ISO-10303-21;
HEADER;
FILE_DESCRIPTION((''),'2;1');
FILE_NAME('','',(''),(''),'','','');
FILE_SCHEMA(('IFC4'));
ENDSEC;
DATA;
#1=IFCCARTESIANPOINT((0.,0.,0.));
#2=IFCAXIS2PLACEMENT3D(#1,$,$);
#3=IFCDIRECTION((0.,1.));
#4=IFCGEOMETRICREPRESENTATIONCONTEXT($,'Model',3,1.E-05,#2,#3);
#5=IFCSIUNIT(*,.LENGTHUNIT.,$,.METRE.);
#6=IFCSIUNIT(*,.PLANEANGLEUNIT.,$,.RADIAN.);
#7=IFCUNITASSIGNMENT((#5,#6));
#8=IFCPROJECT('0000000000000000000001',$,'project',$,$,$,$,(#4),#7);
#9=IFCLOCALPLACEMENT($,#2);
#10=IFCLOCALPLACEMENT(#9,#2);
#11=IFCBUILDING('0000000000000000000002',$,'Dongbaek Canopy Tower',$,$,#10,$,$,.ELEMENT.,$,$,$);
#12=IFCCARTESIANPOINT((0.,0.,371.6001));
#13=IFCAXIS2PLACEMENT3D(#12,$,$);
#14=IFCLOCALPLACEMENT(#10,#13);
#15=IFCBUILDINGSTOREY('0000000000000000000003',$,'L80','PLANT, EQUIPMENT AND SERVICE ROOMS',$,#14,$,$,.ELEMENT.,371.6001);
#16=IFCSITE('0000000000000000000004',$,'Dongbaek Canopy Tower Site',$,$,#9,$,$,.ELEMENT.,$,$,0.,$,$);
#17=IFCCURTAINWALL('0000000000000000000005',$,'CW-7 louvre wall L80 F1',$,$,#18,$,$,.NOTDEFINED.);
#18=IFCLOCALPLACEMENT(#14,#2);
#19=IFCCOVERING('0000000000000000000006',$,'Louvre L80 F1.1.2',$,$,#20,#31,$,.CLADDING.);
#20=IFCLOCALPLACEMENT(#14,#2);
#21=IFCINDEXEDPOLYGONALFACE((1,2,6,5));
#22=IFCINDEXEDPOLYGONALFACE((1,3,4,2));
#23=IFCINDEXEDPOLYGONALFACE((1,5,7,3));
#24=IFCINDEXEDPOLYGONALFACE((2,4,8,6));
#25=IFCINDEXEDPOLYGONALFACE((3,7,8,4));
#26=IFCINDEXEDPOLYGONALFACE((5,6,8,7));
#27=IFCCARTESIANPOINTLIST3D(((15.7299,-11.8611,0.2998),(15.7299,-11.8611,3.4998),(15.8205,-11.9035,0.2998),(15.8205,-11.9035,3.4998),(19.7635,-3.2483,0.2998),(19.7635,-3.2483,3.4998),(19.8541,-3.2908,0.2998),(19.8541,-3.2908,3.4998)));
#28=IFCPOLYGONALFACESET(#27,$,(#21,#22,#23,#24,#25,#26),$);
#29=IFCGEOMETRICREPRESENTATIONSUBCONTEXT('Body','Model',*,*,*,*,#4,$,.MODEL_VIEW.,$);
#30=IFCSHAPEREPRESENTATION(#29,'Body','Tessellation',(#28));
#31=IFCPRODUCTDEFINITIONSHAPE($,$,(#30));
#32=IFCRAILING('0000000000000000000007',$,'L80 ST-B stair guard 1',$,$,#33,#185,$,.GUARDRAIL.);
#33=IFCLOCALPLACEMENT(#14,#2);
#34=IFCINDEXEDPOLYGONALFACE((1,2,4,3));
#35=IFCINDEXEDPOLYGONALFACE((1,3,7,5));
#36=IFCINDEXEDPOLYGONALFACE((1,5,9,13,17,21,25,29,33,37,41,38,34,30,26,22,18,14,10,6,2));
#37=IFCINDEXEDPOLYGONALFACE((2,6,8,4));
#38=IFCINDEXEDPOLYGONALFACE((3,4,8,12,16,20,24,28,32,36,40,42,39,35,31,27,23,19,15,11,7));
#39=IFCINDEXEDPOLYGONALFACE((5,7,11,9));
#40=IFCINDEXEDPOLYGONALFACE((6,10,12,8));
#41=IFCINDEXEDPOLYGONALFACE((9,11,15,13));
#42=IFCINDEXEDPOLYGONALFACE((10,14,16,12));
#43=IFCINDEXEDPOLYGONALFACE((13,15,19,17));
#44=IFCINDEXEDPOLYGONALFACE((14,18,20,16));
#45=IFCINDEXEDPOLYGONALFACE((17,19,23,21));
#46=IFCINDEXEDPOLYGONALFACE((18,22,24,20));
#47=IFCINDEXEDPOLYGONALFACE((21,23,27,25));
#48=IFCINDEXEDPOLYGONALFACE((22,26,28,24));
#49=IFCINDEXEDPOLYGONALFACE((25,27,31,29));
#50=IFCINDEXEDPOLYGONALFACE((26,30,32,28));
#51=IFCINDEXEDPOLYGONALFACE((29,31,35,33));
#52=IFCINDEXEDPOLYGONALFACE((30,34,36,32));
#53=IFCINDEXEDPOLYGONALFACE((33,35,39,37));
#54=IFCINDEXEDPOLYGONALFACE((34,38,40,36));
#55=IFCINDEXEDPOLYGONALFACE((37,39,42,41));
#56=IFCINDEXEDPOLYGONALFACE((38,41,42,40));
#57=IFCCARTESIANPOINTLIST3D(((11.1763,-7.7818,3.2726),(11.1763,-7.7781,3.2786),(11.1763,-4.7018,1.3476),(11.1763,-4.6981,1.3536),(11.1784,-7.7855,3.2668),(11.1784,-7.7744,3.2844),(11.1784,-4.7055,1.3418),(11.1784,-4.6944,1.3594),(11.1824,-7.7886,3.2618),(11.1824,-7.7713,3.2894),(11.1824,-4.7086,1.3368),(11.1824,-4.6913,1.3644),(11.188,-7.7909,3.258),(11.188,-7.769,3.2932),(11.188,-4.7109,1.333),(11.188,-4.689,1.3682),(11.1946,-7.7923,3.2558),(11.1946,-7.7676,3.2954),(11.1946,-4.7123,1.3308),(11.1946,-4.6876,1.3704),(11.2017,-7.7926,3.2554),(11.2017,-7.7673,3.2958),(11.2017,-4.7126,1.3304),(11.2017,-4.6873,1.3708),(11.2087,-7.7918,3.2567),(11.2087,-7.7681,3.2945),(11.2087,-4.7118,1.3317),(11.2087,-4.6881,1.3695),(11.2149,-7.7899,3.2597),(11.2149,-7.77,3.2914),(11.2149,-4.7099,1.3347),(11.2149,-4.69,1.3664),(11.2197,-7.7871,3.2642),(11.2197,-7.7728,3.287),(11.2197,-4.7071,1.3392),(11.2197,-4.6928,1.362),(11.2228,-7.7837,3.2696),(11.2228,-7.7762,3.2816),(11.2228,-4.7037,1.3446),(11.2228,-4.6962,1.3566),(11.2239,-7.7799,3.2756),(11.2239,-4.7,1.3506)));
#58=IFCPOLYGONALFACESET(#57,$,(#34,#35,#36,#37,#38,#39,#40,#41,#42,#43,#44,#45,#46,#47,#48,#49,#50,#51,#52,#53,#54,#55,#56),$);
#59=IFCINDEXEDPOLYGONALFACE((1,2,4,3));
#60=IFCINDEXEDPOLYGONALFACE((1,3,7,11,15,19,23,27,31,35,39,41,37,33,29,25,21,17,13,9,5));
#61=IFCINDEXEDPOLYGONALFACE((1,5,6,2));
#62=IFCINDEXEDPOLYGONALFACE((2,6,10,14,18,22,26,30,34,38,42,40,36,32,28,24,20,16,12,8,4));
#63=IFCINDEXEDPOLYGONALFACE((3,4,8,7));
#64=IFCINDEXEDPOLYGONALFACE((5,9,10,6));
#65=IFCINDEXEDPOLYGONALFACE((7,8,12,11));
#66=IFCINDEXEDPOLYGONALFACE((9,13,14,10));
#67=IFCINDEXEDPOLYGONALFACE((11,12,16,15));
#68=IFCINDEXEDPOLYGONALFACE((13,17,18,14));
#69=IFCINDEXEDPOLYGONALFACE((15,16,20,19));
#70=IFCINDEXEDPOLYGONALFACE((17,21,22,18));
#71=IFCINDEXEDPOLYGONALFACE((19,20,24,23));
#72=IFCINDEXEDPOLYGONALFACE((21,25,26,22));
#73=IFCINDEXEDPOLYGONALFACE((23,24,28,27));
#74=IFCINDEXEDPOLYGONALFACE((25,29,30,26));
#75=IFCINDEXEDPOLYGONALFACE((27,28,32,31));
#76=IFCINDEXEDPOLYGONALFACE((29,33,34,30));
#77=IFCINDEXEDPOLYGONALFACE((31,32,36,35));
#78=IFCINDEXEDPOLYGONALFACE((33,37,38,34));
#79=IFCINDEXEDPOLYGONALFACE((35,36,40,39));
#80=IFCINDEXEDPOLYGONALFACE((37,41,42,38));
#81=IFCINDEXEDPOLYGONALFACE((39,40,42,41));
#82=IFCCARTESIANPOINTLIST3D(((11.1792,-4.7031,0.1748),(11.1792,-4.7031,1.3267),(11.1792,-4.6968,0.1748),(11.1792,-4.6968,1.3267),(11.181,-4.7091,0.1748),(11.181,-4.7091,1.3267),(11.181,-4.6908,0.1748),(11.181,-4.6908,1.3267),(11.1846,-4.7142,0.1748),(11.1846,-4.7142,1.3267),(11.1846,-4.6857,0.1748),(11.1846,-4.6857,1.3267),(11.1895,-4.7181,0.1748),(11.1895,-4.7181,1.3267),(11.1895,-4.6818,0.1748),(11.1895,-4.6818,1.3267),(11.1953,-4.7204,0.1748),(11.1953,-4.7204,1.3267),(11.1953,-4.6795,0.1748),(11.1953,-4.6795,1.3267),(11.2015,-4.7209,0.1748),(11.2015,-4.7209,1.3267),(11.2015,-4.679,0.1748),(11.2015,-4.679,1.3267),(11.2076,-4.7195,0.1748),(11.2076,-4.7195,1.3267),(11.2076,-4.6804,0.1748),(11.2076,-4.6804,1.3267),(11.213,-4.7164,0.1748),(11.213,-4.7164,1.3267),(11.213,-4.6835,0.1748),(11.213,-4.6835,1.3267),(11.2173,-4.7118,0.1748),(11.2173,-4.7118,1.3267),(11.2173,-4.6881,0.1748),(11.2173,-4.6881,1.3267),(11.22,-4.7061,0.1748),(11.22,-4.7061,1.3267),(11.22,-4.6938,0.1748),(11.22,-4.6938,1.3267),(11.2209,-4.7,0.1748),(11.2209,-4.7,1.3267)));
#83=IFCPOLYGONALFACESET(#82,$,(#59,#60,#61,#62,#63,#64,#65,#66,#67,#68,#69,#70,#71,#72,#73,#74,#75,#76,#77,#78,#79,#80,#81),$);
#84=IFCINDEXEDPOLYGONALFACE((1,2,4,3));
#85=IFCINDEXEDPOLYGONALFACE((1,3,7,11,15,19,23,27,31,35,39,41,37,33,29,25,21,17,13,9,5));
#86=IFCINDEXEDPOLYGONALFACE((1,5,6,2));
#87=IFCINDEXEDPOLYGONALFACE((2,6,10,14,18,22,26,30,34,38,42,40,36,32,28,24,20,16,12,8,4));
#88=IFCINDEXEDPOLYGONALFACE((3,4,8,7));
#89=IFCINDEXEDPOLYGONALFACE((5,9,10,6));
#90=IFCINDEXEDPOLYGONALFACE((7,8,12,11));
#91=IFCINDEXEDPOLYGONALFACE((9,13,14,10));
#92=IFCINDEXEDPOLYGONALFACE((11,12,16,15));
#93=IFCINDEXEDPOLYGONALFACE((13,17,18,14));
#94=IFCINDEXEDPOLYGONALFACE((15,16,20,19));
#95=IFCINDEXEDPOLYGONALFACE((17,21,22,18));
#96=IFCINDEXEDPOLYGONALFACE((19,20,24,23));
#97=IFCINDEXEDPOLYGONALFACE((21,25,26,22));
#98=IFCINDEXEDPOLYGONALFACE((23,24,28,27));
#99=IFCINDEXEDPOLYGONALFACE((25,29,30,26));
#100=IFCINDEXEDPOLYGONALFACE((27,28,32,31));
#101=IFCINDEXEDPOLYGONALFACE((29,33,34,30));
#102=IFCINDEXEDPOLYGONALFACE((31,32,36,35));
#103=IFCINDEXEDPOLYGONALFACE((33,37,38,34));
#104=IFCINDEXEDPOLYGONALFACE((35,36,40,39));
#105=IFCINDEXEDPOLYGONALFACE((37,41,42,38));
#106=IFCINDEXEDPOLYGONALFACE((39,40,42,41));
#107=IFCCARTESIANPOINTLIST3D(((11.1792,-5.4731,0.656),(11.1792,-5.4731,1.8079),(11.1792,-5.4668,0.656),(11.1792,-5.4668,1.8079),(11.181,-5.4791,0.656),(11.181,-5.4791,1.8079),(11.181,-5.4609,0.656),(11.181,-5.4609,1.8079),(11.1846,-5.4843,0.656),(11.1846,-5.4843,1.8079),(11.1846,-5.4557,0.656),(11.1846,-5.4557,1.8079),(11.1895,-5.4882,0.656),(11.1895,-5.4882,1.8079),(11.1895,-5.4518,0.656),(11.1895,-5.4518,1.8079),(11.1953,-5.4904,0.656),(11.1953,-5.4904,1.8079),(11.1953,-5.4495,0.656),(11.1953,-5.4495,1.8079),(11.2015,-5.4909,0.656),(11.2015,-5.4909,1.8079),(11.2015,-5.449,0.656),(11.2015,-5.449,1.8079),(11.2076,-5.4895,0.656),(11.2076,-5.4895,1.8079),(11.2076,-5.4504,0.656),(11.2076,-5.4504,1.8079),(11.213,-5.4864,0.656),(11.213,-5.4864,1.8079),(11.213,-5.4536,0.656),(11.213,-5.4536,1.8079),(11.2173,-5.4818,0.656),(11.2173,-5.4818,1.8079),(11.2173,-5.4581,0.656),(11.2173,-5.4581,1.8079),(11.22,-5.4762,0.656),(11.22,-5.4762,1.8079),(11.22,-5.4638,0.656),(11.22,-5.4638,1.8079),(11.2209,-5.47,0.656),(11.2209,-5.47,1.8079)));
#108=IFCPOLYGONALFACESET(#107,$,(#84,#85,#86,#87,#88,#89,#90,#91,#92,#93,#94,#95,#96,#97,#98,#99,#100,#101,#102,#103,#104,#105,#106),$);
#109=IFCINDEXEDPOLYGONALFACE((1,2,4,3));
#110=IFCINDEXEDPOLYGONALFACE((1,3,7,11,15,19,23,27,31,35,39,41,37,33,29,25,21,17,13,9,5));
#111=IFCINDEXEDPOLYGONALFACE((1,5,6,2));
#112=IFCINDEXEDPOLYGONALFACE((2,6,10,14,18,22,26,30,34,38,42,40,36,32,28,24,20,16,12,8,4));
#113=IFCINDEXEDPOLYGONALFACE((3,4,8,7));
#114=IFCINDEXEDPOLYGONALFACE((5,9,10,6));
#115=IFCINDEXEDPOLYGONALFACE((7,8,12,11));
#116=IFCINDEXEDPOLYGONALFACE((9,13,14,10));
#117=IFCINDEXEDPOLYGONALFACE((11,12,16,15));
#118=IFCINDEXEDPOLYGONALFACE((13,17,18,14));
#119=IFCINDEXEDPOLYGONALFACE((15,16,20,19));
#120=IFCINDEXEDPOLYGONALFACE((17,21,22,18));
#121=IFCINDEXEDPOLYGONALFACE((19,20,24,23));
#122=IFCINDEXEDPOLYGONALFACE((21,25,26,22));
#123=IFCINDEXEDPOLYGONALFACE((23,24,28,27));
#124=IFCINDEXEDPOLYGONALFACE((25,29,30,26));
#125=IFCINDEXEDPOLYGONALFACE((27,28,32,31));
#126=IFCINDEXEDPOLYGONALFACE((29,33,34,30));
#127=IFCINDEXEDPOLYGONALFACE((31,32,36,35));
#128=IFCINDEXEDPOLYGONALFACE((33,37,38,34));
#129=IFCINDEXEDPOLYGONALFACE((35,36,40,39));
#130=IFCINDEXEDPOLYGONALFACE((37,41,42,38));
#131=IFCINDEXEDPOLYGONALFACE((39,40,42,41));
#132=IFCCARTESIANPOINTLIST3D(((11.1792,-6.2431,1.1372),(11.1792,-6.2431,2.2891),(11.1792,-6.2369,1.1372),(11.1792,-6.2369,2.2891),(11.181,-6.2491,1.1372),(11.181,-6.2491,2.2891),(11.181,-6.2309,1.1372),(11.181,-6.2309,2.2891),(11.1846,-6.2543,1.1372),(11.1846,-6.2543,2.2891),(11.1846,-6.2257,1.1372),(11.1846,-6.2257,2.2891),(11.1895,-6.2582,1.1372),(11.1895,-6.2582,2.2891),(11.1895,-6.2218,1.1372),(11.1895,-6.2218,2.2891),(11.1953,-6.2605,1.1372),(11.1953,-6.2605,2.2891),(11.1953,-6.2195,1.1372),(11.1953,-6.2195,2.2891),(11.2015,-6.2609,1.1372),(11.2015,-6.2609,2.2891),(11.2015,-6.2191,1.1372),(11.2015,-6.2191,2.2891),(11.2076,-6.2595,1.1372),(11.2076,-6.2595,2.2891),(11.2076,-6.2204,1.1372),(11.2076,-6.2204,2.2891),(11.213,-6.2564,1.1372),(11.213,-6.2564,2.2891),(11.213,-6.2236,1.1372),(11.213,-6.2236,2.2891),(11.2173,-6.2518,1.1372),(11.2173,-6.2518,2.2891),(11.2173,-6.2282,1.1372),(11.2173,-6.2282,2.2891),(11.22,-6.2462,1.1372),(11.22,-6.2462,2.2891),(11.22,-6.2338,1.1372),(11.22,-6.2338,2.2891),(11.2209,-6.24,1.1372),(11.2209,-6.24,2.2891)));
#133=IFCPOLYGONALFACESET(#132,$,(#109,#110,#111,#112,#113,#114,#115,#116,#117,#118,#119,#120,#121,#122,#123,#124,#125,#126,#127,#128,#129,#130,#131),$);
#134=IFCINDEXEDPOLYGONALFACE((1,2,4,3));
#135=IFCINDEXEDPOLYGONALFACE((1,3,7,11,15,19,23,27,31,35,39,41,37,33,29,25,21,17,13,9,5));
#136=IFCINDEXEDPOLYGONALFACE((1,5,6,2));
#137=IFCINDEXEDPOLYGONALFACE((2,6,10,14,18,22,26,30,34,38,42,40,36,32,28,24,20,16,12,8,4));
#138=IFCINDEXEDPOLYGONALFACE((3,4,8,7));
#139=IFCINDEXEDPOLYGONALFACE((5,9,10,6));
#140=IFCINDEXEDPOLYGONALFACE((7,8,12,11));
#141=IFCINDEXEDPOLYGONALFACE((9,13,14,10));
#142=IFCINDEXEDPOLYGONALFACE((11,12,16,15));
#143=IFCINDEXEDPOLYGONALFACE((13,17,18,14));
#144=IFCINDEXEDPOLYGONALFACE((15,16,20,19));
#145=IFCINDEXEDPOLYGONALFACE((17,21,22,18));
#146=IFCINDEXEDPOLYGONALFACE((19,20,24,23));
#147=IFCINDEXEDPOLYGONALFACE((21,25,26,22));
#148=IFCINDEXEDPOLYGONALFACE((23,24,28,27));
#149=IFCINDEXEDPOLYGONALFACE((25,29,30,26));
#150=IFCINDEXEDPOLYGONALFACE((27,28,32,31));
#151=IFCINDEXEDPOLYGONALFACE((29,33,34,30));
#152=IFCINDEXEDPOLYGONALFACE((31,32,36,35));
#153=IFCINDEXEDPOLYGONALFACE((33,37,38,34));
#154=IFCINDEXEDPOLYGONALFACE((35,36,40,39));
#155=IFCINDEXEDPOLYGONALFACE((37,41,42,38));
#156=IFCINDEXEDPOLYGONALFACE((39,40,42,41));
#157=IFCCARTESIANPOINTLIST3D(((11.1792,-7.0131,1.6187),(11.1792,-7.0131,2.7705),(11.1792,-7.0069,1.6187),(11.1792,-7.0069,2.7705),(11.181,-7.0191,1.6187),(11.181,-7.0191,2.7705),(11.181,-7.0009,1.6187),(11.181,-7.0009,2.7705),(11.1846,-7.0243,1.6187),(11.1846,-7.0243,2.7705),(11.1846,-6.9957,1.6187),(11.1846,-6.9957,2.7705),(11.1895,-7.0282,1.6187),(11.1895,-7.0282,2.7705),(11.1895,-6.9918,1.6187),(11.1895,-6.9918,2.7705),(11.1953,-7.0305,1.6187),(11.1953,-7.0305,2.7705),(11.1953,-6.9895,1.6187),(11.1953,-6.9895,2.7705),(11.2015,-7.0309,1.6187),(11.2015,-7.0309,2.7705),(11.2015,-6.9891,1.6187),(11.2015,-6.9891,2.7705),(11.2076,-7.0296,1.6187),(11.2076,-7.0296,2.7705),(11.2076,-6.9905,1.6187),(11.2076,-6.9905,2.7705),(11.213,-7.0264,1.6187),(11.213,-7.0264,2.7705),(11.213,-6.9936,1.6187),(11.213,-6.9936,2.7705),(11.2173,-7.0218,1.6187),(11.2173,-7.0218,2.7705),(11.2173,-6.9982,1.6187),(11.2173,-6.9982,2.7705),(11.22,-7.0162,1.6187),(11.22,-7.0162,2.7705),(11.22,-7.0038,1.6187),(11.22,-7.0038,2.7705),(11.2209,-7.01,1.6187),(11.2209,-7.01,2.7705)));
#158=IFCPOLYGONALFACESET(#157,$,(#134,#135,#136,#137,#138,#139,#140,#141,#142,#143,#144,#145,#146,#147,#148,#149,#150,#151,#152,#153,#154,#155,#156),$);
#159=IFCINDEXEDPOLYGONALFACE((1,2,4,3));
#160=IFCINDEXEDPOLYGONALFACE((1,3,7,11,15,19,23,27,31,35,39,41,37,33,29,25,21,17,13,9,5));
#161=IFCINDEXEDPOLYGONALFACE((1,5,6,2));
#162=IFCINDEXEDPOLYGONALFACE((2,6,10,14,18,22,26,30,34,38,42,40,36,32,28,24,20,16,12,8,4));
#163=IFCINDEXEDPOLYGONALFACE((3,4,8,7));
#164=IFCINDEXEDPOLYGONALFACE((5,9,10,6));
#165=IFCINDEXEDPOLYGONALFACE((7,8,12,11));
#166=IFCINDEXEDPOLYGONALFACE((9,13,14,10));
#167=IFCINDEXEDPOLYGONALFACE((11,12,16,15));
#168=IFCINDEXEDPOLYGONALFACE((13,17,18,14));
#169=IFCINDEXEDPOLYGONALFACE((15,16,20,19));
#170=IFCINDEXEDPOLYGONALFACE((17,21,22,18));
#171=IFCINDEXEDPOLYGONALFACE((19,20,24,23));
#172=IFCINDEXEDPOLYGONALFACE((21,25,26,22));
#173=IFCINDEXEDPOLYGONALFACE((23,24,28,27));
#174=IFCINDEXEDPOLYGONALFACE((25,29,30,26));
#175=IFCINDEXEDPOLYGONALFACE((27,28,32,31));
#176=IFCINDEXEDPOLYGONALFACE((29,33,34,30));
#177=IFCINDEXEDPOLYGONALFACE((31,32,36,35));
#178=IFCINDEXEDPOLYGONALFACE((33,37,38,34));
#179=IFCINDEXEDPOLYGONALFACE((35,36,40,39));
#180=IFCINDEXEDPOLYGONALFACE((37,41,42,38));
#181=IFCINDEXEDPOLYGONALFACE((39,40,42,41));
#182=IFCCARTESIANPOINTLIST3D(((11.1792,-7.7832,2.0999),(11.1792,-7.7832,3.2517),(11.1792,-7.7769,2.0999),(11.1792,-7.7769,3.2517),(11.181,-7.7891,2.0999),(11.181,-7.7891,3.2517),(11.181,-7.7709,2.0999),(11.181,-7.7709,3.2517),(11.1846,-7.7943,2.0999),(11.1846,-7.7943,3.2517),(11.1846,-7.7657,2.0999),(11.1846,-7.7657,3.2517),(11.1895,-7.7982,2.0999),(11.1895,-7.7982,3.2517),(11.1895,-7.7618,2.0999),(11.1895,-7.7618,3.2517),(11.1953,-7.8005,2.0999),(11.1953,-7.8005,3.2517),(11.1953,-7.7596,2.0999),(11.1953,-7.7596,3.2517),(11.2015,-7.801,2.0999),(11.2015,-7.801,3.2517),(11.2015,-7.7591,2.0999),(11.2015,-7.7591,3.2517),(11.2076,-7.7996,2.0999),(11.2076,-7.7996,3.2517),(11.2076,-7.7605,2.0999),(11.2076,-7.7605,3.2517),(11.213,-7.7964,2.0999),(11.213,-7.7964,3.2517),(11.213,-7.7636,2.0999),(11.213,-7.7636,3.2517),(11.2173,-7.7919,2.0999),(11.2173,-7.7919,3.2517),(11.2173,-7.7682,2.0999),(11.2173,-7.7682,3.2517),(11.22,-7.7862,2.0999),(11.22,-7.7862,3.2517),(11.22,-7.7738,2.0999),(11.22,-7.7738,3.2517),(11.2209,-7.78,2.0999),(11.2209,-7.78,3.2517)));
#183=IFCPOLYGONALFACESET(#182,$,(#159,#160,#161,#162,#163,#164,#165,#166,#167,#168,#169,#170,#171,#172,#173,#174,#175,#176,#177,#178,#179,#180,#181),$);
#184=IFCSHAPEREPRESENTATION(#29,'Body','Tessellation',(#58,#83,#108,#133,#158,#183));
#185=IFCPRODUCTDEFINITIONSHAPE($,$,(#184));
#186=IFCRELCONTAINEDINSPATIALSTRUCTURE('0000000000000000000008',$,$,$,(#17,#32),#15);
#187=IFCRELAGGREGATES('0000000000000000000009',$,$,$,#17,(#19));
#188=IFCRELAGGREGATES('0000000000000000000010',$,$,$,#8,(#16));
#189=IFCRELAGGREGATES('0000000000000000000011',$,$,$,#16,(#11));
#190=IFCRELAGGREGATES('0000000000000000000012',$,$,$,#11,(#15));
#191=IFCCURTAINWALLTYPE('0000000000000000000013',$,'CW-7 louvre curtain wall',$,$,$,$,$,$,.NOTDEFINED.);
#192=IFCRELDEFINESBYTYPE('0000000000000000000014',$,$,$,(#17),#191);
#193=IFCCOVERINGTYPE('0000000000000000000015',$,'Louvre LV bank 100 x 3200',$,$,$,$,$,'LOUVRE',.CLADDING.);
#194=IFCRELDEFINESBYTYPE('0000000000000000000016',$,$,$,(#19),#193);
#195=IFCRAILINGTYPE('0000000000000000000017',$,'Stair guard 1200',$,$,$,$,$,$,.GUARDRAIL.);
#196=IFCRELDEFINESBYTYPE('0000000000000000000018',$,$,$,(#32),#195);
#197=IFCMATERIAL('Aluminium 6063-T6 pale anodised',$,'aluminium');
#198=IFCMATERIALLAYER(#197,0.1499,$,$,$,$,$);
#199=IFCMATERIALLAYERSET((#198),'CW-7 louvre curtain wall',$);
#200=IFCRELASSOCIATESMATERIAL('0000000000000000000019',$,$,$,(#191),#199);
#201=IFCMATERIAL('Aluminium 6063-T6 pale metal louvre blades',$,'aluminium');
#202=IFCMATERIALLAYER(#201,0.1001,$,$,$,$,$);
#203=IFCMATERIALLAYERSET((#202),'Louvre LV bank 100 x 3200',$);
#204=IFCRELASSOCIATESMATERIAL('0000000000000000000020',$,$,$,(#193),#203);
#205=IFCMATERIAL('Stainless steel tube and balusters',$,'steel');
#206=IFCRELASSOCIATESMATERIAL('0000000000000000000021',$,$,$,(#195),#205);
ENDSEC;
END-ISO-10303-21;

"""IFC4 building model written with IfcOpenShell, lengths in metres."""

from ifc_helpers import new_model, si_unit, direction, frame, origin, origin_2d, place, context, subcontext, project, spatial, rectangle, circle, extrude, material, layer, layer_set, type_object, element, aggregate, save


model = new_model("IFC4")

# Units and contexts
model_context = context("Model", 3, precision=1e-05, world=origin(), true_north=direction((0.0, 1.0)))
body_context = subcontext(model_context, "Body", "Model", "MODEL_VIEW")
ifc_project = project(units=[si_unit("LENGTHUNIT", "METRE"), si_unit("PLANEANGLEUNIT", "RADIAN")], contexts=[model_context])

# Site, building, storey
site_placement = place(None, origin())
site = spatial("IfcSite", under=ifc_project, at=site_placement, Name="Dongbaek Canopy Tower Site", CompositionType="ELEMENT", RefElevation=0.0)
building_placement = place(site_placement, origin())
building = spatial("IfcBuilding", under=site, at=building_placement, Name="Dongbaek Canopy Tower", CompositionType="ELEMENT")
storey_placement = place(building_placement, frame((0.0, 0.0, 371.6001)))
storey = spatial("IfcBuildingStorey", under=building, at=storey_placement, Name="L80", Description="PLANT, EQUIPMENT AND SERVICE ROOMS", CompositionType="ELEMENT", Elevation=371.6001)

# Curtain wall
ifc_material_1 = material(Name="Aluminium 6063-T6 pale anodised", Category="aluminium")
ifc_layer_1 = layer(ifc_material_1, 0.1499)
ifc_layer_set_1 = layer_set([ifc_layer_1], Name="CW-7 louvre curtain wall")
curtain_wall_type = type_object("IfcCurtainWallType", Name="CW-7 louvre curtain wall", PredefinedType="NOTDEFINED", material=ifc_layer_set_1)
curtain_wall_placement = place(storey_placement, origin())
curtain_wall = element("IfcCurtainWall", 1, at=curtain_wall_placement, inside=storey, type_object=curtain_wall_type, Name="CW-7 louvre wall L80 F1", PredefinedType="NOTDEFINED")

# Covering
ifc_material_2 = material(Name="Aluminium 6063-T6 pale metal louvre blades", Category="aluminium")
ifc_layer_2 = layer(ifc_material_2, 0.1001)
ifc_layer_set_2 = layer_set([ifc_layer_2], Name="Louvre LV bank 100 x 3200")
covering_type = type_object("IfcCoveringType", Name="Louvre LV bank 100 x 3200", ElementType="LOUVRE", PredefinedType="CLADDING", material=ifc_layer_set_2)
covering_placement = place(storey_placement, frame((17.792, -7.5759, 0.2998), z_axis=(0.0, 0.0, 1.0), x_axis=(0.424123, 0.905605, 0.0)))
covering = element("IfcCovering", 2, at=covering_placement, type_object=covering_type, Name="Louvre L80 F1.1.2", PredefinedType="CLADDING", context=body_context, shape_type="SweptSolid", body=[
    extrude(rectangle(XDim=9.5105, YDim=0.1001, at=origin_2d()), origin(), (0.0, 0.0, 1.0), 3.2),
])

# Railing
ifc_material_3 = material(Name="Stainless steel tube and balusters", Category="steel")
railing_type_1 = type_object("IfcRailingType", Name="Stair guard 1200", PredefinedType="GUARDRAIL", material=ifc_material_3)
railing_1_placement = place(storey_placement, frame((11.2, -4.7, 0.1748)))
element("IfcRailing", 3, at=railing_1_placement, inside=storey, type_object=railing_type_1, Name="L80 ST-B stair guard 1", PredefinedType="GUARDRAIL", context=body_context, shape_type="SweptSolid", body=[
    extrude(circle(Radius=0.0239, at=origin_2d()), frame((0.0, 0.0, 1.1758), z_axis=(0.0, -0.847998, 0.529999), x_axis=(1.0, 0.0, 0.0)), (0.0, 0.0, 1.0), 3.6321),
    extrude(circle(Radius=0.021, at=origin_2d()), origin(), (0.0, 0.0, 1.0), 1.1519),
    extrude(circle(Radius=0.021, at=origin_2d()), frame((0.0, -0.77, 0.4812)), (0.0, 0.0, 1.0), 1.1519),
    extrude(circle(Radius=0.021, at=origin_2d()), frame((0.0, -1.54, 0.9624)), (0.0, 0.0, 1.0), 1.1519),
    extrude(circle(Radius=0.021, at=origin_2d()), frame((0.0, -2.3101, 1.4438)), (0.0, 0.0, 1.0), 1.1519),
    extrude(circle(Radius=0.021, at=origin_2d()), frame((0.0, -3.0801, 1.925)), (0.0, 0.0, 1.0), 1.1519),
])

aggregate(curtain_wall, [covering])

save(model, "model.ifc")
